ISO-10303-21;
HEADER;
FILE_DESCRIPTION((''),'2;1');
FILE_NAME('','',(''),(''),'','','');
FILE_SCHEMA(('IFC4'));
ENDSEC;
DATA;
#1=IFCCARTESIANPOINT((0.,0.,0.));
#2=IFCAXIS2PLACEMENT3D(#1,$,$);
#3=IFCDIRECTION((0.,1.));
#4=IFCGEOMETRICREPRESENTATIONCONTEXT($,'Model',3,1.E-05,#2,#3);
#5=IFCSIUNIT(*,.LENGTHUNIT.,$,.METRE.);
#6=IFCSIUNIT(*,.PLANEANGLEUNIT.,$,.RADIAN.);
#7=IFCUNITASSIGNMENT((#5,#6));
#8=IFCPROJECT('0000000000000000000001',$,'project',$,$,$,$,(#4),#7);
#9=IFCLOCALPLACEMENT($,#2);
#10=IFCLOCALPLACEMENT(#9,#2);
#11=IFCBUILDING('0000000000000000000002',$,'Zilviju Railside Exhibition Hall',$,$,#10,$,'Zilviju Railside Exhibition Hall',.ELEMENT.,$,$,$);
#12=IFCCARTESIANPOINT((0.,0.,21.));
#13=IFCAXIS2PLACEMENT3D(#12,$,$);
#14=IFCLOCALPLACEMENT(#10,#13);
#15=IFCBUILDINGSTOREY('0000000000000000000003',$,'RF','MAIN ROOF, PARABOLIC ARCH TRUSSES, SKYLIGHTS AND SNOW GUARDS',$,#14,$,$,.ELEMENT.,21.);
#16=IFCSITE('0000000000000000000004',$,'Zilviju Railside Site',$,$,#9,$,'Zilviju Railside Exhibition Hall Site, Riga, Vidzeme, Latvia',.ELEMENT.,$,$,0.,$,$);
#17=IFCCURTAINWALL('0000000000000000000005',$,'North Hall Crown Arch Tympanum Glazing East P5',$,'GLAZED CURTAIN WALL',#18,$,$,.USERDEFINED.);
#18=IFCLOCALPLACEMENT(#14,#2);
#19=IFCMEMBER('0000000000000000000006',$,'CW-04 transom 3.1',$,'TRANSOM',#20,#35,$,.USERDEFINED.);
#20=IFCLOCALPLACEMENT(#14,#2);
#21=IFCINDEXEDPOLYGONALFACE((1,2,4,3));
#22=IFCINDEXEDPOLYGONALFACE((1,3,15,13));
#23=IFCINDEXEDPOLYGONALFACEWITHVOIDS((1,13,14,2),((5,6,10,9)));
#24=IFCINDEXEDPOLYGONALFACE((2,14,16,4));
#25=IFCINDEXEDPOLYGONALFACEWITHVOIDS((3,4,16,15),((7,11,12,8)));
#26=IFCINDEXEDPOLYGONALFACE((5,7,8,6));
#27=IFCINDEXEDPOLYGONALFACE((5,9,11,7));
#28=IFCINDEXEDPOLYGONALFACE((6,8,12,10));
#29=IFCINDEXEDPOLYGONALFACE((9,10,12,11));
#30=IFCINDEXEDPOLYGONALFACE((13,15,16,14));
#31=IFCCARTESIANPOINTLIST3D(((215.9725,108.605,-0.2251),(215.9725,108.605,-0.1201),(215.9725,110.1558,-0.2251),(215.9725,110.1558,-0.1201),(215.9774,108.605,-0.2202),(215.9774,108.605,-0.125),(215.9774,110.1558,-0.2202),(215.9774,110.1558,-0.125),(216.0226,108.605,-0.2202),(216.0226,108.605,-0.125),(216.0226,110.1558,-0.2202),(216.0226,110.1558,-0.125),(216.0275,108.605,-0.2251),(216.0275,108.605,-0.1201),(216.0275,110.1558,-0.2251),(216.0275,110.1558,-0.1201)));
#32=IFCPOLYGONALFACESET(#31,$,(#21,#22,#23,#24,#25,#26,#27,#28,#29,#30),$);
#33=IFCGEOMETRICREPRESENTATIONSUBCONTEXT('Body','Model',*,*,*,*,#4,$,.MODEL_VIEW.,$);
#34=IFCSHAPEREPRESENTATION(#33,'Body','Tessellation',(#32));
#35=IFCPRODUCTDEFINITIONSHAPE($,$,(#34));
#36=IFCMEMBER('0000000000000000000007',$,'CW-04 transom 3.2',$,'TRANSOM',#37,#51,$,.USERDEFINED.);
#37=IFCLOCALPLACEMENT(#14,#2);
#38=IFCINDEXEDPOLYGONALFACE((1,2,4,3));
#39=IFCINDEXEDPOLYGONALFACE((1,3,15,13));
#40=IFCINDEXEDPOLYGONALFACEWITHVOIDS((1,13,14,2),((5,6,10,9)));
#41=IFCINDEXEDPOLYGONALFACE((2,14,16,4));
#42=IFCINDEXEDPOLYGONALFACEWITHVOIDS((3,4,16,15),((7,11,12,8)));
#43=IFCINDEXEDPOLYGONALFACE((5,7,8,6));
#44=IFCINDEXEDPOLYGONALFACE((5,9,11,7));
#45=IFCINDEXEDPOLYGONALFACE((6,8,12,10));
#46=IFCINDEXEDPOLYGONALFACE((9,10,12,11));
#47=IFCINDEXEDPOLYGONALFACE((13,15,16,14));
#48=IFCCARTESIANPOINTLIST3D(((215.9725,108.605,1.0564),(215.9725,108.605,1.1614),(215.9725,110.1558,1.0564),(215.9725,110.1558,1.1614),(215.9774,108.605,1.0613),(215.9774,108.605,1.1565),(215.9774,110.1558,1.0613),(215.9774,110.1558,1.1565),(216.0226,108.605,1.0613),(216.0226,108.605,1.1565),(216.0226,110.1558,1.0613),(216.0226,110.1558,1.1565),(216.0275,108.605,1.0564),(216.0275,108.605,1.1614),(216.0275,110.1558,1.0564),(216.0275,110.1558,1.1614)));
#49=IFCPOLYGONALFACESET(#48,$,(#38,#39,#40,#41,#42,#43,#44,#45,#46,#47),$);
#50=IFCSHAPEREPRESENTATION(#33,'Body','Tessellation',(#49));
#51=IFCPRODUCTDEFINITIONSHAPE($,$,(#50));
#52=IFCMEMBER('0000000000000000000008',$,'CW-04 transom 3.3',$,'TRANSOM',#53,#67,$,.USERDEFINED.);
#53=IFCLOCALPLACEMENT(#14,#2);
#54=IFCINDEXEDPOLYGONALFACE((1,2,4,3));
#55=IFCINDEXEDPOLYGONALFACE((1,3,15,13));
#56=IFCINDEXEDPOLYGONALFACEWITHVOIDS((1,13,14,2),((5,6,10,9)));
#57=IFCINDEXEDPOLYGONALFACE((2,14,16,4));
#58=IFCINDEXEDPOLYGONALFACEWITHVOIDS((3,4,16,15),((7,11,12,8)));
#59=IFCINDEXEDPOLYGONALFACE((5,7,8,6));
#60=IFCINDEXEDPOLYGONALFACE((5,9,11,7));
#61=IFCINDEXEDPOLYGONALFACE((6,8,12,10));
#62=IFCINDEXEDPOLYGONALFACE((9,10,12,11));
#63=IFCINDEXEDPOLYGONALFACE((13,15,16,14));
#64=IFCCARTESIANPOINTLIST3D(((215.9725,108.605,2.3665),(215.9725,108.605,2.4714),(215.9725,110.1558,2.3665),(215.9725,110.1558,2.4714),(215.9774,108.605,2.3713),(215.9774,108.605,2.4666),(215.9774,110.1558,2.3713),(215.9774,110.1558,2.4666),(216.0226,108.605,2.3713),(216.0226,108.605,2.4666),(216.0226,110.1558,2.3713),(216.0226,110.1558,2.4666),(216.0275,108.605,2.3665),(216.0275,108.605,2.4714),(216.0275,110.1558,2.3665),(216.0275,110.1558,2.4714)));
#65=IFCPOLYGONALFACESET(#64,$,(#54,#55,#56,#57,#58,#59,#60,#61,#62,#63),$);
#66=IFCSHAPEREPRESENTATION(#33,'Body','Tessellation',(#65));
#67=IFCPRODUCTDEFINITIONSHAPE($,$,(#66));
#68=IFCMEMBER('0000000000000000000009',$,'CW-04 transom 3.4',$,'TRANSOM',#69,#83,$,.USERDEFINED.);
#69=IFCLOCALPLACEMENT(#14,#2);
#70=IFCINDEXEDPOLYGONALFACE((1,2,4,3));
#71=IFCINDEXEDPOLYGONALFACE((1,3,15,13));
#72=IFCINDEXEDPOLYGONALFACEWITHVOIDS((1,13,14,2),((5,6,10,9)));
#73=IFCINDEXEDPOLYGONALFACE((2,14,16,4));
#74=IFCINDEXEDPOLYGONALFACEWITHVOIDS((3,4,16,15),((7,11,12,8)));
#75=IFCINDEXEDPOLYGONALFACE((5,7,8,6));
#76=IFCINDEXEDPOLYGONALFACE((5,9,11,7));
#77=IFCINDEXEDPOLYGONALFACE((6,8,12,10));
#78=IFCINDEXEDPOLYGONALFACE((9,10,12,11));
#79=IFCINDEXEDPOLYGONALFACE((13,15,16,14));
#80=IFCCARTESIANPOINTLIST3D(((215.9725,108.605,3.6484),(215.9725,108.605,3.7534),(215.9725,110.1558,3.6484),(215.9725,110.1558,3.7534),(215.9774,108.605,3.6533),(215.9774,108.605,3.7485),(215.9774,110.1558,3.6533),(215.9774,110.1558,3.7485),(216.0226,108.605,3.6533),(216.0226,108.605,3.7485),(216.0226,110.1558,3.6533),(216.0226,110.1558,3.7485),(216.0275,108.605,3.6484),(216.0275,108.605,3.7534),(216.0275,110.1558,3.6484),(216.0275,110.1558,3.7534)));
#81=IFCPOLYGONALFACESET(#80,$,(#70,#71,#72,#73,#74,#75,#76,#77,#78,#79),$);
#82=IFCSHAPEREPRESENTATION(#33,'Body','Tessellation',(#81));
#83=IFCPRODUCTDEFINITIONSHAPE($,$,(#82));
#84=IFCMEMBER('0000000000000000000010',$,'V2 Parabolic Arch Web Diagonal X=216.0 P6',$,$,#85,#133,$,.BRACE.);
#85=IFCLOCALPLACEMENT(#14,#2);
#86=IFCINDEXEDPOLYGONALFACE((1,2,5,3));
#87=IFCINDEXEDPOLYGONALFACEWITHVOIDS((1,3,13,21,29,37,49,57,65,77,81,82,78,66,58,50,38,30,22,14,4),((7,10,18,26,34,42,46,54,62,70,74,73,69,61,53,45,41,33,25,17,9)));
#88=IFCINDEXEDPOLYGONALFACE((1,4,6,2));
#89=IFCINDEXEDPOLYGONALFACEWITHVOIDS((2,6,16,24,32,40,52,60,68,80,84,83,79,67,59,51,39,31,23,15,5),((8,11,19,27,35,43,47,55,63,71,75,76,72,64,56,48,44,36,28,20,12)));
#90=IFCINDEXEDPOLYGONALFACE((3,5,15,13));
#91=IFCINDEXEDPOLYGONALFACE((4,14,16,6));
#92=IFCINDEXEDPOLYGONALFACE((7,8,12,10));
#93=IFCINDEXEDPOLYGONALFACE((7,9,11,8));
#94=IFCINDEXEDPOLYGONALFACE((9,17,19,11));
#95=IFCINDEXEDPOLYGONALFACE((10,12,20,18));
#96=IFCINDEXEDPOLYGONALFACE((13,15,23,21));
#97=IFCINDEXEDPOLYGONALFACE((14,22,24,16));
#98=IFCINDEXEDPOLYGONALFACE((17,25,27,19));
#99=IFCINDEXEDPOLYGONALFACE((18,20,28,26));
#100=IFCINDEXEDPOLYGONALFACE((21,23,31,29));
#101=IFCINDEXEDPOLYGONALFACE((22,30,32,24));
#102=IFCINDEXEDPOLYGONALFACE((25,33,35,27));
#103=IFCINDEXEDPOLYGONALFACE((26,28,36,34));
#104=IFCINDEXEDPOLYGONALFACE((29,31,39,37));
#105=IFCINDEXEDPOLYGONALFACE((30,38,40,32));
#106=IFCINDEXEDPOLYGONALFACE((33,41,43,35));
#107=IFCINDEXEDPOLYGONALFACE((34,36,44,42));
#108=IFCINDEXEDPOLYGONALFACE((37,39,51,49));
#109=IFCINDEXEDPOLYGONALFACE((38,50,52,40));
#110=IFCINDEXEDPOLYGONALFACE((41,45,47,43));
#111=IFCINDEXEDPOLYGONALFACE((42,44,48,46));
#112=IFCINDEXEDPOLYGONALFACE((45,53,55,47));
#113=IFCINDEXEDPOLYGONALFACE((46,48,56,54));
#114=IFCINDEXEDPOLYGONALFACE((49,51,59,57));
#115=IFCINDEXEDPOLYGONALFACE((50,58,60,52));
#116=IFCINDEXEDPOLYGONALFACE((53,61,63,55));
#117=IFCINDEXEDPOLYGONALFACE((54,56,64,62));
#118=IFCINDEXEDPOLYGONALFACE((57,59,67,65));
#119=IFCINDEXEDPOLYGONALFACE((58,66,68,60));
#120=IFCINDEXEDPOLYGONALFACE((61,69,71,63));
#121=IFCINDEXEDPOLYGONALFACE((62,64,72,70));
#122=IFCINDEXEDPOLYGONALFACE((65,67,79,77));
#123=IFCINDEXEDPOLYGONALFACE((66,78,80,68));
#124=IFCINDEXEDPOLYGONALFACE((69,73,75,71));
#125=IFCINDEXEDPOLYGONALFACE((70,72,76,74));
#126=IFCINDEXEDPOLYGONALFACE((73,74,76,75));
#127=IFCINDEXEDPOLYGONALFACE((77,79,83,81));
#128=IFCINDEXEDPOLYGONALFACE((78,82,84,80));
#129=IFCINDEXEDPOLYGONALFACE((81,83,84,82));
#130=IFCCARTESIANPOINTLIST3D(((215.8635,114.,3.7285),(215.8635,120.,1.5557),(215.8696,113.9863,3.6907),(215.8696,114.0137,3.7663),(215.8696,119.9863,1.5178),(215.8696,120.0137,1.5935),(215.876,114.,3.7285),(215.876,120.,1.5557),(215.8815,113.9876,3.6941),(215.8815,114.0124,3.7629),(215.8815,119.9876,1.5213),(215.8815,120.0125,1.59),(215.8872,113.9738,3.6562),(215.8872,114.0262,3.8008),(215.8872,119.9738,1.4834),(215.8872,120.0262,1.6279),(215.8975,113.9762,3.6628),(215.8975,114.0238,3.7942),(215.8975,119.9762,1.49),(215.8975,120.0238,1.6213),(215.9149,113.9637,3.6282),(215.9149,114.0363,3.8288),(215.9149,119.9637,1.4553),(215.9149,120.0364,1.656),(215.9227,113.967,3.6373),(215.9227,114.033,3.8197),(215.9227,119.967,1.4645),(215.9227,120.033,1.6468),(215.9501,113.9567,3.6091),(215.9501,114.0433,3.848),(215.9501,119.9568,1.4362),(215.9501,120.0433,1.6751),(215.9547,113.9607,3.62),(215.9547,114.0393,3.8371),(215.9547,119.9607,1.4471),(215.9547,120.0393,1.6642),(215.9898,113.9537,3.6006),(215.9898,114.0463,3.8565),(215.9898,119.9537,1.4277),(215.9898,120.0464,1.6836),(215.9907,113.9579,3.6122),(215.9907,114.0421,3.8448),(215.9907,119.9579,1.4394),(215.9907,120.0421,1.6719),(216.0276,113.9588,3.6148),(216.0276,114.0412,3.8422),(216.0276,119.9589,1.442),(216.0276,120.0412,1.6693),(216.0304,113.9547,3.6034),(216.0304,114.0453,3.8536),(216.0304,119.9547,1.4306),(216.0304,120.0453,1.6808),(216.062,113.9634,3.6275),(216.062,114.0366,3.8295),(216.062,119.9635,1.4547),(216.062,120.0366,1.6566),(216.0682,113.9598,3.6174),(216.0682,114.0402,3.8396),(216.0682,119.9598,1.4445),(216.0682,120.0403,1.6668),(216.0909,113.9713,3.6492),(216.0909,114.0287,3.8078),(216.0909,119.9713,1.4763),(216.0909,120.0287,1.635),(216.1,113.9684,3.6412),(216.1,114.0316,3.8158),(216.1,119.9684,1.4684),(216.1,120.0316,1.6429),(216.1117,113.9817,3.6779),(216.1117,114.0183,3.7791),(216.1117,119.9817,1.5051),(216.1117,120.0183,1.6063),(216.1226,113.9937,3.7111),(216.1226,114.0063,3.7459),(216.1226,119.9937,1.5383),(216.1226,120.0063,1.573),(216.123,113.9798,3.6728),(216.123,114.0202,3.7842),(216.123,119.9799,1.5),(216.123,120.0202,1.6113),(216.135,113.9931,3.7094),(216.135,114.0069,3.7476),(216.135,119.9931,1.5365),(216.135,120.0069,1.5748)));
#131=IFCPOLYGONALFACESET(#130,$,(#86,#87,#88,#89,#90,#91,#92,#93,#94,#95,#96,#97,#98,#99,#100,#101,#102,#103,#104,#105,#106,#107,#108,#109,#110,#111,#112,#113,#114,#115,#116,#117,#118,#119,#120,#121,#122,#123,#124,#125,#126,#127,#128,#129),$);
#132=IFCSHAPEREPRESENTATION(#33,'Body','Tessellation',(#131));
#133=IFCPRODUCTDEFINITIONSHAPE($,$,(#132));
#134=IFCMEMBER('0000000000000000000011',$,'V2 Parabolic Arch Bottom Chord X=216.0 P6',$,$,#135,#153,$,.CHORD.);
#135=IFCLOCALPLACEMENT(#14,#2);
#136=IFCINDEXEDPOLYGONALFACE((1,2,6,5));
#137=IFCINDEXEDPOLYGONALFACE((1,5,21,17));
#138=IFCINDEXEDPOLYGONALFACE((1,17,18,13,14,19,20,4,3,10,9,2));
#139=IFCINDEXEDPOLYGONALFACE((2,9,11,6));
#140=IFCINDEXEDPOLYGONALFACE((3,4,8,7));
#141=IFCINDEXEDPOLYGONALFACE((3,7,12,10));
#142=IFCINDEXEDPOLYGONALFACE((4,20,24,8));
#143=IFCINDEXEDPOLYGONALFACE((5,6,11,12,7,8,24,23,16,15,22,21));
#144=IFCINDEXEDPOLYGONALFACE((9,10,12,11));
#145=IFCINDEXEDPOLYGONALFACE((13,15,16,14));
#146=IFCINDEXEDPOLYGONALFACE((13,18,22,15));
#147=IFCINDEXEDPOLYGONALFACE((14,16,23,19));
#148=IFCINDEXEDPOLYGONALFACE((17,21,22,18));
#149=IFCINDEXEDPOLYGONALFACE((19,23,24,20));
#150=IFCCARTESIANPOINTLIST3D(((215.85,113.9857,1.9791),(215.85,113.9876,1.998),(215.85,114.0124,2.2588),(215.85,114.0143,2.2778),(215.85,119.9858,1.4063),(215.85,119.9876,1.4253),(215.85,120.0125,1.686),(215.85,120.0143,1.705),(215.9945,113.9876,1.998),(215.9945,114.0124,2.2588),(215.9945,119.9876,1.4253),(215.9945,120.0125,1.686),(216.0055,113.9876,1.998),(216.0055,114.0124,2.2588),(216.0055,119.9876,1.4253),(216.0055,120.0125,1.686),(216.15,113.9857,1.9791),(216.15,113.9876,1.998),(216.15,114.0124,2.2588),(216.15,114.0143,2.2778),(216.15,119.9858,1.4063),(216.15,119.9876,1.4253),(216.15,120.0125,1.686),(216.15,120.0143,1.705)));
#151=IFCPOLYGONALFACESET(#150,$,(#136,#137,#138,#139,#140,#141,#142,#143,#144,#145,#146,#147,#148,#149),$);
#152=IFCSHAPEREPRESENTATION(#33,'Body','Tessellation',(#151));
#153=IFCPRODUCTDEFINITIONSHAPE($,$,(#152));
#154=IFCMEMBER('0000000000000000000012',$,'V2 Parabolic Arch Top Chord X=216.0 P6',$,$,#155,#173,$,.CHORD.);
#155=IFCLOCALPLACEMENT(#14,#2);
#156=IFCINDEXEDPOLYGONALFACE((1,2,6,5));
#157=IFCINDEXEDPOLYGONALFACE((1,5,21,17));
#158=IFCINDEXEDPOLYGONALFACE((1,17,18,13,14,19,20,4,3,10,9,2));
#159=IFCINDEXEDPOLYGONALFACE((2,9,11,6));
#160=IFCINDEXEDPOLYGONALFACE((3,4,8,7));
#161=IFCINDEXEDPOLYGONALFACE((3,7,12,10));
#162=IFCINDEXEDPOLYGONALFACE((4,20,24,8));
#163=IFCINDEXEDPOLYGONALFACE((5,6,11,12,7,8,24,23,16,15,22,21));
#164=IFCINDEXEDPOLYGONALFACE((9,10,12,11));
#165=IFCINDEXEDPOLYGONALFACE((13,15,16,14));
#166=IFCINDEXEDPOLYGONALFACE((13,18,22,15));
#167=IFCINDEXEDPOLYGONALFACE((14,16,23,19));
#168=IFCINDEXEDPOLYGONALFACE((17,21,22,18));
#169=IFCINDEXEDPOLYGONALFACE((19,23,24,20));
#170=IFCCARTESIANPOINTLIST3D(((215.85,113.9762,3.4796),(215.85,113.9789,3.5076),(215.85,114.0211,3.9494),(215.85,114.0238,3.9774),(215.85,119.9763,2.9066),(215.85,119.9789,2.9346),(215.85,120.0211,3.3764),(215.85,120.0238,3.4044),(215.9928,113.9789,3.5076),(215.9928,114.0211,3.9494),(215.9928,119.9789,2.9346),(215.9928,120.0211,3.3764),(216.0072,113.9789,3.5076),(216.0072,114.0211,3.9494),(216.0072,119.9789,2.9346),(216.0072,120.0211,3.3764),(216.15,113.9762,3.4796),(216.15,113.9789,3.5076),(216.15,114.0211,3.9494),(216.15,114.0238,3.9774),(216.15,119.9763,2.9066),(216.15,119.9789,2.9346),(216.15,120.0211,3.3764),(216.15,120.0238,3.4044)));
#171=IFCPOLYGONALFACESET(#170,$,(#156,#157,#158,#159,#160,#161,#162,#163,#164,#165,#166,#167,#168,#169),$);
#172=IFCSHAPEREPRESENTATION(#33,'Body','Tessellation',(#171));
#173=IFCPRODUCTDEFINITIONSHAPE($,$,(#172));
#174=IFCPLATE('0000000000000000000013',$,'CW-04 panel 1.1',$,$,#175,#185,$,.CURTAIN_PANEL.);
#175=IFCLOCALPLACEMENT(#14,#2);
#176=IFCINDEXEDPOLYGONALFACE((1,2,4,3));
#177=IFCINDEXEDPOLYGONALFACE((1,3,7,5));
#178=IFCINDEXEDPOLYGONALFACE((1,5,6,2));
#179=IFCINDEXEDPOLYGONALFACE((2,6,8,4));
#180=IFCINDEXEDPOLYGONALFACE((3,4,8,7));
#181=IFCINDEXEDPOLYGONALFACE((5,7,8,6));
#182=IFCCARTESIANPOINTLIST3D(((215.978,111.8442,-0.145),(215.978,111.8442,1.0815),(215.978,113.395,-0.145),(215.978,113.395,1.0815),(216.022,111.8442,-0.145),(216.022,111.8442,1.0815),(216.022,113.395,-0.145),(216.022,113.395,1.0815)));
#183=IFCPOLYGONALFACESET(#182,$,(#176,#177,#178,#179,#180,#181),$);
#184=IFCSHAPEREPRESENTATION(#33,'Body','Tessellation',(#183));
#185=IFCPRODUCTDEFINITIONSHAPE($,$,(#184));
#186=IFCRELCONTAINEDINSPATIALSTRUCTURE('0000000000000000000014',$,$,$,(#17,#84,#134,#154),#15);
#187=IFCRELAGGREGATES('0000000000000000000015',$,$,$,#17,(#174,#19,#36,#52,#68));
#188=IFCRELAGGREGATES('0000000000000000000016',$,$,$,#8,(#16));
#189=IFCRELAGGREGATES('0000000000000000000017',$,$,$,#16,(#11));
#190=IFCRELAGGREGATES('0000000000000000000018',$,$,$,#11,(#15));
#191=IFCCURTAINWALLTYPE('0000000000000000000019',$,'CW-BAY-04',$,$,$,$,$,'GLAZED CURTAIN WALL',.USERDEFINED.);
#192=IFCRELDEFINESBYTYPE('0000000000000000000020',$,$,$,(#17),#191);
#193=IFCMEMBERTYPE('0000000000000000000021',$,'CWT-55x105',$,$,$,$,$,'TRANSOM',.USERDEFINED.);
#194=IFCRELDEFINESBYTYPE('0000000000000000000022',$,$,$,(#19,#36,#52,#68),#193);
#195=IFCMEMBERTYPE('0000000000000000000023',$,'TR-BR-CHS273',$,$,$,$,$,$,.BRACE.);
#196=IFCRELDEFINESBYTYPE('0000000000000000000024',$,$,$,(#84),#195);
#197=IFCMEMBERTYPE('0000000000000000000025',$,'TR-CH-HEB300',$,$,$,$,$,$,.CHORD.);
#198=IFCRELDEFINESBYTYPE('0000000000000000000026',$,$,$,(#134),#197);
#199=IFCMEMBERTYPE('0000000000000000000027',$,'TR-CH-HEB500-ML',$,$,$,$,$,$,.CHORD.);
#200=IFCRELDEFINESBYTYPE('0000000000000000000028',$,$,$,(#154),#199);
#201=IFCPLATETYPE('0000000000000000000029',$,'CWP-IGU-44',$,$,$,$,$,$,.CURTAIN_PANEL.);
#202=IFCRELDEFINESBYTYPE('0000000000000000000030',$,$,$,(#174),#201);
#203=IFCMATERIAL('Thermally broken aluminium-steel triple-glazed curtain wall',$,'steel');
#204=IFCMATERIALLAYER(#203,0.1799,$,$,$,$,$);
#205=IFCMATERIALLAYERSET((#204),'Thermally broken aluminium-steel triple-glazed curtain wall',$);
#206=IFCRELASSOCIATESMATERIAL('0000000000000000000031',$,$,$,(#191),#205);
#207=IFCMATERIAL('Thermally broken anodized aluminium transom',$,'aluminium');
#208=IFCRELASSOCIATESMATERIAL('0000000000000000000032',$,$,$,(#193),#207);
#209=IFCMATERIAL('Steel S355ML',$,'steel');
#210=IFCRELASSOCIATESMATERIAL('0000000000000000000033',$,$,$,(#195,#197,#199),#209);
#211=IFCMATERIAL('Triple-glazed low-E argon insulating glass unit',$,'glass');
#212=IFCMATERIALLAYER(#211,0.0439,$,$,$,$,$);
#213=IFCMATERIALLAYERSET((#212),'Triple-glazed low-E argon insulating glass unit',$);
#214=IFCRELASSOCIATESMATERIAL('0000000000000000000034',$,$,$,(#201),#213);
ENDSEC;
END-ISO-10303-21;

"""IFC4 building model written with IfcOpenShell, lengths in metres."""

from ifc_helpers import new_model, si_unit, direction, frame, origin, origin_2d, place, context, subcontext, project, spatial, rectangle, hollow_rectangle, hollow_circle, i_section, extrude, material, layer, layer_set, material_profile, profile_set, type_object, element, aggregate, save


model = new_model("IFC4")

# Units and contexts
model_context = context("Model", 3, precision=1e-05, world=origin(), true_north=direction((0.0, 1.0)))
body_context = subcontext(model_context, "Body", "Model", "MODEL_VIEW")
ifc_project = project(units=[si_unit("LENGTHUNIT", "METRE"), si_unit("PLANEANGLEUNIT", "RADIAN")], contexts=[model_context])

# Site, building, storey
site_placement = place(None, origin())
site = spatial("IfcSite", under=ifc_project, at=site_placement, Name="Zilviju Railside Site", LongName="Zilviju Railside Exhibition Hall Site, Riga, Vidzeme, Latvia", CompositionType="ELEMENT", RefElevation=0.0)
building_placement = place(site_placement, origin())
building = spatial("IfcBuilding", under=site, at=building_placement, Name="Zilviju Railside Exhibition Hall", LongName="Zilviju Railside Exhibition Hall", CompositionType="ELEMENT")
storey_placement = place(building_placement, frame((0.0, 0.0, 21.0)))
storey = spatial("IfcBuildingStorey", under=building, at=storey_placement, Name="RF", Description="MAIN ROOF, PARABOLIC ARCH TRUSSES, SKYLIGHTS AND SNOW GUARDS", CompositionType="ELEMENT", Elevation=21.0)

# Curtain wall, members
ifc_material_1 = material(Name="Thermally broken aluminium-steel triple-glazed curtain wall", Category="steel")
ifc_layer_1 = layer(ifc_material_1, 0.1799)
ifc_layer_set_1 = layer_set([ifc_layer_1], Name="Thermally broken aluminium-steel triple-glazed curtain wall")
curtain_wall_type = type_object("IfcCurtainWallType", Name="CW-BAY-04", ElementType="GLAZED CURTAIN WALL", PredefinedType="USERDEFINED", material=ifc_layer_set_1)
curtain_wall_placement = place(storey_placement, origin())
curtain_wall = element("IfcCurtainWall", 1, at=curtain_wall_placement, inside=storey, type_object=curtain_wall_type, Name="North Hall Crown Arch Tympanum Glazing East P5", ObjectType="GLAZED CURTAIN WALL", PredefinedType="USERDEFINED")
ifc_material_2 = material(Name="Thermally broken anodized aluminium transom", Category="aluminium")
ifc_material_profile_1 = material_profile(ifc_material_2, hollow_rectangle(XDim=0.0549, YDim=0.105, WallThickness=0.0049, at=origin_2d()), Name="TRANSOM 105x55x5")
ifc_profile_set_1 = profile_set([ifc_material_profile_1], Name="Thermally broken anodized aluminium transom")
member_type_1 = type_object("IfcMemberType", Name="CWT-55x105", ElementType="TRANSOM", PredefinedType="USERDEFINED", material=ifc_profile_set_1)
member_1_placement = place(storey_placement, frame((216.0, 110.1558, -0.1726), z_axis=(0.0, -1.0, 0.0), x_axis=(1.0, 0.0, 0.0)))
member_1 = element("IfcMember", 2, at=member_1_placement, type_object=member_type_1, Name="CW-04 transom 3.1", ObjectType="TRANSOM", PredefinedType="USERDEFINED", context=body_context, shape_type="SweptSolid", body=[
    extrude(hollow_rectangle(XDim=0.0549, YDim=0.105, WallThickness=0.0049, at=origin_2d()), origin(), (0.0, 0.0, 1.0), 1.5508),
])
member_2_placement = place(storey_placement, frame((216.0, 110.1558, 1.1089), z_axis=(0.0, -1.0, 0.0), x_axis=(1.0, 0.0, 0.0)))
member_2 = element("IfcMember", 3, at=member_2_placement, type_object=member_type_1, Name="CW-04 transom 3.2", ObjectType="TRANSOM", PredefinedType="USERDEFINED", context=body_context, shape_type="SweptSolid", body=[
    extrude(hollow_rectangle(XDim=0.0549, YDim=0.105, WallThickness=0.0049, at=origin_2d()), origin(), (0.0, 0.0, 1.0), 1.5508),
])
member_3_placement = place(storey_placement, frame((216.0, 110.1558, 2.4189), z_axis=(0.0, -1.0, 0.0), x_axis=(1.0, 0.0, 0.0)))
member_3 = element("IfcMember", 4, at=member_3_placement, type_object=member_type_1, Name="CW-04 transom 3.3", ObjectType="TRANSOM", PredefinedType="USERDEFINED", context=body_context, shape_type="SweptSolid", body=[
    extrude(hollow_rectangle(XDim=0.0549, YDim=0.105, WallThickness=0.0049, at=origin_2d()), origin(), (0.0, 0.0, 1.0), 1.5508),
])
member_4_placement = place(storey_placement, frame((216.0, 110.1558, 3.7009), z_axis=(0.0, -1.0, 0.0), x_axis=(1.0, 0.0, 0.0)))
member_4 = element("IfcMember", 5, at=member_4_placement, type_object=member_type_1, Name="CW-04 transom 3.4", ObjectType="TRANSOM", PredefinedType="USERDEFINED", context=body_context, shape_type="SweptSolid", body=[
    extrude(hollow_rectangle(XDim=0.0549, YDim=0.105, WallThickness=0.0049, at=origin_2d()), origin(), (0.0, 0.0, 1.0), 1.5508),
])

# Members
ifc_material_3 = material(Name="Steel S355ML", Category="steel")
ifc_material_profile_2 = material_profile(ifc_material_3, hollow_circle(Radius=0.1365, WallThickness=0.0125, at=origin_2d()), Name="CHS 273.0x12.5")
ifc_profile_set_2 = profile_set([ifc_material_profile_2], Name="Steel S355ML")
member_type_2 = type_object("IfcMemberType", Name="TR-BR-CHS273", PredefinedType="BRACE", material=ifc_profile_set_2)
member_5_placement = place(storey_placement, frame((216.0, 114.0, 3.7285), z_axis=(0.0, 0.940244, -0.340502), x_axis=(-1.0, 0.0, 0.0)))
element("IfcMember", 6, at=member_5_placement, inside=storey, type_object=member_type_2, Name="V2 Parabolic Arch Web Diagonal X=216.0 P6", PredefinedType="BRACE", context=body_context, shape_type="SweptSolid", body=[
    extrude(hollow_circle(Radius=0.1365, WallThickness=0.0125, at=origin_2d()), origin(), (0.0, 0.0, 1.0), 6.3813),
])
ifc_material_profile_3 = material_profile(ifc_material_3, i_section(OverallWidth=0.3, OverallDepth=0.3, WebThickness=0.011, FlangeThickness=0.019, at=origin_2d()), Name="HEB 300")
ifc_profile_set_3 = profile_set([ifc_material_profile_3], Name="Steel S355ML")
member_type_3 = type_object("IfcMemberType", Name="TR-CH-HEB300", PredefinedType="CHORD", material=ifc_profile_set_3)
member_6_placement = place(storey_placement, frame((216.0, 114.0, 2.1284), z_axis=(0.0, 0.995475, -0.095027), x_axis=(-1.0, 0.0, 0.0)))
element("IfcMember", 7, at=member_6_placement, inside=storey, type_object=member_type_3, Name="V2 Parabolic Arch Bottom Chord X=216.0 P6", PredefinedType="CHORD", context=body_context, shape_type="SweptSolid", body=[
    extrude(i_section(OverallWidth=0.3, OverallDepth=0.3, WebThickness=0.011, FlangeThickness=0.019, at=origin_2d()), origin(), (0.0, 0.0, 1.0), 6.0273),
])
ifc_material_profile_4 = material_profile(ifc_material_3, i_section(OverallWidth=0.3, OverallDepth=0.5, WebThickness=0.0144, FlangeThickness=0.0281, at=origin_2d()), Name="HEB 500")
ifc_profile_set_4 = profile_set([ifc_material_profile_4], Name="Steel S355ML")
member_type_4 = type_object("IfcMemberType", Name="TR-CH-HEB500-ML", PredefinedType="CHORD", material=ifc_profile_set_4)
member_7_placement = place(storey_placement, frame((216.0, 114.0, 3.7285), z_axis=(0.0, 0.995471, -0.095067), x_axis=(-1.0, 0.0, 0.0)))
element("IfcMember", 8, at=member_7_placement, inside=storey, type_object=member_type_4, Name="V2 Parabolic Arch Top Chord X=216.0 P6", PredefinedType="CHORD", context=body_context, shape_type="SweptSolid", body=[
    extrude(i_section(OverallWidth=0.3, OverallDepth=0.5, WebThickness=0.0144, FlangeThickness=0.0281, at=origin_2d()), origin(), (0.0, 0.0, 1.0), 6.0273),
])

# Plate
ifc_material_4 = material(Name="Triple-glazed low-E argon insulating glass unit", Category="glass")
ifc_layer_2 = layer(ifc_material_4, 0.0439)
ifc_layer_set_2 = layer_set([ifc_layer_2], Name="Triple-glazed low-E argon insulating glass unit")
plate_type = type_object("IfcPlateType", Name="CWP-IGU-44", PredefinedType="CURTAIN_PANEL", material=ifc_layer_set_2)
plate_1_placement = place(storey_placement, frame((216.0, 112.6196, -0.145), z_axis=(0.0, 0.0, 1.0), x_axis=(0.0, -1.0, 0.0)))
plate_1 = element("IfcPlate", 9, at=plate_1_placement, type_object=plate_type, Name="CW-04 panel 1.1", PredefinedType="CURTAIN_PANEL", context=body_context, shape_type="SweptSolid", body=[
    extrude(rectangle(XDim=1.5508, YDim=0.0439, at=origin_2d()), origin(), (0.0, 0.0, 1.0), 1.2266),
])
aggregate(curtain_wall, [plate_1, member_1, member_2, member_3, member_4])

save(model, "model.ifc")
